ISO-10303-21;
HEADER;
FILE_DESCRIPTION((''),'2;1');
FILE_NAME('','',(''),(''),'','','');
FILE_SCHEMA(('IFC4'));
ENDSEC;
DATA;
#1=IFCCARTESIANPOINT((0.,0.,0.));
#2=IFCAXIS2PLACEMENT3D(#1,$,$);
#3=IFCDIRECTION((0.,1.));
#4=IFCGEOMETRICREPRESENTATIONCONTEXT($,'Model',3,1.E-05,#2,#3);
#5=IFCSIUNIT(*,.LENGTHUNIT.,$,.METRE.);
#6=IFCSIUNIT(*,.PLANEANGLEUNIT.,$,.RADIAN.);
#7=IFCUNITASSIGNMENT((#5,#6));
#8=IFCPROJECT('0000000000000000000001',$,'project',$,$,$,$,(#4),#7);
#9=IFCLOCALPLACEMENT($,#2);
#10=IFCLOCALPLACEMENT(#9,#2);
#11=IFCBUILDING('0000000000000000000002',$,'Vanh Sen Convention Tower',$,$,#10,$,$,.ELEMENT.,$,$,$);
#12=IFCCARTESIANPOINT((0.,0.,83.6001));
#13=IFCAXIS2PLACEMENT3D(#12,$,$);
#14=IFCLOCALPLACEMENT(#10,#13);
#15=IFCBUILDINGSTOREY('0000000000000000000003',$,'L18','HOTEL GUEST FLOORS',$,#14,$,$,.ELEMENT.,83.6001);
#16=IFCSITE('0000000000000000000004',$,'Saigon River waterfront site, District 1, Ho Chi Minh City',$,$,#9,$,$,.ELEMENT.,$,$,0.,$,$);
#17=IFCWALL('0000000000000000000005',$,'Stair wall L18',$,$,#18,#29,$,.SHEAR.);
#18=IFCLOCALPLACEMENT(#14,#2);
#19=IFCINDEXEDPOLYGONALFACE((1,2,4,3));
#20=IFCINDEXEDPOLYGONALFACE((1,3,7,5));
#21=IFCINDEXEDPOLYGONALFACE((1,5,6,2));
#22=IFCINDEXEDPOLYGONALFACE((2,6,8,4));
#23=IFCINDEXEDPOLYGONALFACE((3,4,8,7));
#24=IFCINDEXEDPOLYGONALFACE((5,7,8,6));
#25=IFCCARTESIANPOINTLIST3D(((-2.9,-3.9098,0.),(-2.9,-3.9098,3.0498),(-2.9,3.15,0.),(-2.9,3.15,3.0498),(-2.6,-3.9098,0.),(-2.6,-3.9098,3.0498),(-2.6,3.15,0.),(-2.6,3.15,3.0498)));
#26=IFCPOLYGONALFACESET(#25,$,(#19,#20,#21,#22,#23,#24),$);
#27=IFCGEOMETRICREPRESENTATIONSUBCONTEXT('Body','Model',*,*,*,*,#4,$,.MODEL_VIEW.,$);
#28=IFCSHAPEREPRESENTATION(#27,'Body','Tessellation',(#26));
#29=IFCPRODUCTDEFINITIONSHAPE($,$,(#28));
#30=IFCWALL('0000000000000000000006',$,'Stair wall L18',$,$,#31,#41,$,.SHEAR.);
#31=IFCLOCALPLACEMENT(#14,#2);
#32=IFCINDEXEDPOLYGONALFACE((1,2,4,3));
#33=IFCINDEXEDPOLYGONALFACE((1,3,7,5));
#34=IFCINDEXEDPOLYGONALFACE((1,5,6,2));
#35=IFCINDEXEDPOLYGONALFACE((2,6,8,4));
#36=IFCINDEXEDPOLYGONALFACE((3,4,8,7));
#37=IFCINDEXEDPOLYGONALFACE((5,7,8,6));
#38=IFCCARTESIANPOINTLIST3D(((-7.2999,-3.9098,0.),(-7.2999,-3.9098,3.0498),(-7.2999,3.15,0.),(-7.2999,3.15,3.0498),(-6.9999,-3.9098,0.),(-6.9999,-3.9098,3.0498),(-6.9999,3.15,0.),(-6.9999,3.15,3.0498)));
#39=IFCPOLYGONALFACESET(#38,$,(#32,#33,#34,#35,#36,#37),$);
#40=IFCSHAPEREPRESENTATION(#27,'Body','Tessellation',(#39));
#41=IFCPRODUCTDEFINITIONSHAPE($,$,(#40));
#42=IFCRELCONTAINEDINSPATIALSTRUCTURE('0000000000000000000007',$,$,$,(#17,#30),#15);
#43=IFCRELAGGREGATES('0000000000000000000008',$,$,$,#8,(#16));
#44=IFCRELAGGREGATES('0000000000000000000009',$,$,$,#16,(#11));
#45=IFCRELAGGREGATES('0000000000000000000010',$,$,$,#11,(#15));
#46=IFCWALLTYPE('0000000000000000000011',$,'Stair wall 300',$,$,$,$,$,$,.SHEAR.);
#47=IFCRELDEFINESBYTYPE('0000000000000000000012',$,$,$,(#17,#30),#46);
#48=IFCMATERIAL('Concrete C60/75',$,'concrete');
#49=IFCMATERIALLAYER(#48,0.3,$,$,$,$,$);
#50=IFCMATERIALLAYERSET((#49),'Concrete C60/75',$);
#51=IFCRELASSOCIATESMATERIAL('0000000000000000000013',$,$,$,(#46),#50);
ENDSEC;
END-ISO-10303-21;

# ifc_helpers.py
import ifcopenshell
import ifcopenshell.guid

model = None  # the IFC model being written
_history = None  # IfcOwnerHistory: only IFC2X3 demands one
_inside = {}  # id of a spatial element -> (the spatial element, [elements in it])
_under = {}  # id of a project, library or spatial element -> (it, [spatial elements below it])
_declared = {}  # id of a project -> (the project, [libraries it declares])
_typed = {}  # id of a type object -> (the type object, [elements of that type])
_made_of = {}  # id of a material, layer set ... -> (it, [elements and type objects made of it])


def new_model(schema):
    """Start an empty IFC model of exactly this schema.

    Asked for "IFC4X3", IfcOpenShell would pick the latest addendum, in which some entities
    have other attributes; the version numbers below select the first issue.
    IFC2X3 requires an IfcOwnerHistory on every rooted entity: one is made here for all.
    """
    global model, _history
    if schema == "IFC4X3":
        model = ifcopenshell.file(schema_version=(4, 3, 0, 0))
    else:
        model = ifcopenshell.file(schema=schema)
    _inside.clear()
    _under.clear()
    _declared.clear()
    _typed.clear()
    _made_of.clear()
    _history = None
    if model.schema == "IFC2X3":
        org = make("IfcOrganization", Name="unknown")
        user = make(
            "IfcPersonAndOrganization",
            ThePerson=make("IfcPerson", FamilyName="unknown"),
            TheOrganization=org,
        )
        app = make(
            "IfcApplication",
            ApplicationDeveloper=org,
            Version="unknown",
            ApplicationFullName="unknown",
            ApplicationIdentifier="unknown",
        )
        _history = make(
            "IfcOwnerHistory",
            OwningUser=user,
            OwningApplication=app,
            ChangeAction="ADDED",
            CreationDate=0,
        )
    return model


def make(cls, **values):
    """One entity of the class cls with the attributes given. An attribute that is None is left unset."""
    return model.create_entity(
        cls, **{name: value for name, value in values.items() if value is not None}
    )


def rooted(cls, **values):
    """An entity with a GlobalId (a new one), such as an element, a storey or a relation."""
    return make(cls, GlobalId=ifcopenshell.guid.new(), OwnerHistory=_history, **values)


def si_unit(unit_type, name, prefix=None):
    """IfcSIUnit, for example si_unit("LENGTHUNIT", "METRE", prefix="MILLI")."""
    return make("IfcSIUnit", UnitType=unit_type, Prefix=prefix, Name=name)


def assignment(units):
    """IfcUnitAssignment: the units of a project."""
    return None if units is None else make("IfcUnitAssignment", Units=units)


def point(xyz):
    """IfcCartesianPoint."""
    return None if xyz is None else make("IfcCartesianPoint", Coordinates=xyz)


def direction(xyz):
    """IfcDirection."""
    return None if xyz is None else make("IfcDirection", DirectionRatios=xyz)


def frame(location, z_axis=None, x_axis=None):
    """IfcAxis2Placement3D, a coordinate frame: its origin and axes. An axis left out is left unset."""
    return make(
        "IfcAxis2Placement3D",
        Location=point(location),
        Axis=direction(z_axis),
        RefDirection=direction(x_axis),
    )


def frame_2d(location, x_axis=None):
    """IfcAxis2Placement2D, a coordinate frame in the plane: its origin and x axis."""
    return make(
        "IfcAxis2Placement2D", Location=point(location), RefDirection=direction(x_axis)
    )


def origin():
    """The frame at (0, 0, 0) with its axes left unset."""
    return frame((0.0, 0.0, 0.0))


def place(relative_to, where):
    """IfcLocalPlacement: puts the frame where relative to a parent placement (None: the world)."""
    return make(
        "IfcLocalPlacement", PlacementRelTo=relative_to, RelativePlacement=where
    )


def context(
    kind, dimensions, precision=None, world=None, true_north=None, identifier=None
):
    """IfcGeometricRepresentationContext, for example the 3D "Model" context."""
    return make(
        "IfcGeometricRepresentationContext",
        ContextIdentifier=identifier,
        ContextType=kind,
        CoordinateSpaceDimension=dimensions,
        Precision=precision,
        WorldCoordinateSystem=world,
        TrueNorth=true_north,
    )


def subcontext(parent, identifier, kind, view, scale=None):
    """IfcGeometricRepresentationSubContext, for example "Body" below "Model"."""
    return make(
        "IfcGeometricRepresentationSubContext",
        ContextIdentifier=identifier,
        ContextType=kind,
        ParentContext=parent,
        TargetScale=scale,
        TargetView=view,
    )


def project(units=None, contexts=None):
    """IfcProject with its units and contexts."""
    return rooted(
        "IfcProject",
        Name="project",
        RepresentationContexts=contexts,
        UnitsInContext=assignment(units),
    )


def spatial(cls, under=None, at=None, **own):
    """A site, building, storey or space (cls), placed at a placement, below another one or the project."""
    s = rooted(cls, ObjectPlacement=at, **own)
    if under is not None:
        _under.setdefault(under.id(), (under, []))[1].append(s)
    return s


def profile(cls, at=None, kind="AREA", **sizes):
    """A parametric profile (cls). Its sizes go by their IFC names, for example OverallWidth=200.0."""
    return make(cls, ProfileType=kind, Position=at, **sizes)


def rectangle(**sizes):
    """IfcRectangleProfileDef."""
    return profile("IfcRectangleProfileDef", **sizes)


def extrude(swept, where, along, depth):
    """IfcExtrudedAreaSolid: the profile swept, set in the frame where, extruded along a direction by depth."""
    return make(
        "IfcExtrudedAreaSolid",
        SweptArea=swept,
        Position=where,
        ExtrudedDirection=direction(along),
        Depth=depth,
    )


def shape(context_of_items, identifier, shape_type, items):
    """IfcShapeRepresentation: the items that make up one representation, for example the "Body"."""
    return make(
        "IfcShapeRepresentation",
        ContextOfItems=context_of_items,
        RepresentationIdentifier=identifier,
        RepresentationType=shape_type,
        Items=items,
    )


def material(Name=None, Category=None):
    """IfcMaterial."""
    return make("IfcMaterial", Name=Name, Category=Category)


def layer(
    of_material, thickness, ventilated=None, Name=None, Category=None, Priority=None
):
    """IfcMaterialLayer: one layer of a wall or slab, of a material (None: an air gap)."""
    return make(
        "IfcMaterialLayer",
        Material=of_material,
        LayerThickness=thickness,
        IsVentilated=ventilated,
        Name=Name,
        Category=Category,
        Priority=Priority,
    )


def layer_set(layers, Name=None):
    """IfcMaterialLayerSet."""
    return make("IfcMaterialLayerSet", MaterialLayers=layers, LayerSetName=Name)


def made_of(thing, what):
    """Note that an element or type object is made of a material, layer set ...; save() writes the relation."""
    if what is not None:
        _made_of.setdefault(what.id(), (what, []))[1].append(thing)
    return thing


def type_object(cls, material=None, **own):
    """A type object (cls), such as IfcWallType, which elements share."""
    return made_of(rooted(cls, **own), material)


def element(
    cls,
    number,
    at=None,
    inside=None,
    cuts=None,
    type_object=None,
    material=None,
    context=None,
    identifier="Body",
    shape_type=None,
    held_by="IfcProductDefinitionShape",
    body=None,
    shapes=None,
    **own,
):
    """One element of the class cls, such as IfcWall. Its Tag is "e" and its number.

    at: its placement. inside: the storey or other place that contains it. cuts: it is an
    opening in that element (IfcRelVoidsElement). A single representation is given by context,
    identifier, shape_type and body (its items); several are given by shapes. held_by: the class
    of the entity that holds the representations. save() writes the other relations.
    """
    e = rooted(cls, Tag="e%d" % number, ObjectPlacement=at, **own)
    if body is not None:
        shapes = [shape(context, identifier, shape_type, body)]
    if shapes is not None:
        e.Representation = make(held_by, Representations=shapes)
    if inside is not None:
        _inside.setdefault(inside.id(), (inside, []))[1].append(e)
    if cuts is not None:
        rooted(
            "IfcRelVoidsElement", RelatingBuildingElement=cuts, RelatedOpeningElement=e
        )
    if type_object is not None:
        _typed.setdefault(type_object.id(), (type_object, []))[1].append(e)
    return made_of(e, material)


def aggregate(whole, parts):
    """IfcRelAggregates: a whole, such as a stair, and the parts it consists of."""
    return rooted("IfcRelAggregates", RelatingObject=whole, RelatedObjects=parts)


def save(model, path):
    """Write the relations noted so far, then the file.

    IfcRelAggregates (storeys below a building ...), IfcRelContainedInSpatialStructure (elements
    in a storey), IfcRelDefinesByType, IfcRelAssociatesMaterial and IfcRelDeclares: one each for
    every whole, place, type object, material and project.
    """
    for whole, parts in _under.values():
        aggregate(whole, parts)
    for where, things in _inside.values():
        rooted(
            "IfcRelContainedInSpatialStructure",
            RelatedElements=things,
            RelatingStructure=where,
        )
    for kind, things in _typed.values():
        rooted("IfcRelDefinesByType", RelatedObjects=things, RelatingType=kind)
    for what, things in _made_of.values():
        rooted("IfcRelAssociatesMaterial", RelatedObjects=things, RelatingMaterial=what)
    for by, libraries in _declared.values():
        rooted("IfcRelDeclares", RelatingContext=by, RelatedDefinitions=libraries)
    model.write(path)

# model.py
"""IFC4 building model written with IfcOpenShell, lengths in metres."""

from ifc_helpers import new_model, si_unit, direction, frame, frame_2d, origin, place, context, subcontext, project, spatial, rectangle, extrude, material, layer, layer_set, type_object, element, save


model = new_model("IFC4")

# Units and contexts
model_context = context("Model", 3, precision=1e-05, world=origin(), true_north=direction((0.0, 1.0)))
body_context = subcontext(model_context, "Body", "Model", "MODEL_VIEW")
ifc_project = project(units=[si_unit("LENGTHUNIT", "METRE"), si_unit("PLANEANGLEUNIT", "RADIAN")], contexts=[model_context])

# Site, building, storey
site_placement = place(None, origin())
site = spatial("IfcSite", under=ifc_project, at=site_placement, Name="Saigon River waterfront site, District 1, Ho Chi Minh City", CompositionType="ELEMENT", RefElevation=0.0)
building_placement = place(site_placement, origin())
building = spatial("IfcBuilding", under=site, at=building_placement, Name="Vanh Sen Convention Tower", CompositionType="ELEMENT")
storey_placement = place(building_placement, frame((0.0, 0.0, 83.6001)))
storey = spatial("IfcBuildingStorey", under=building, at=storey_placement, Name="L18", Description="HOTEL GUEST FLOORS", CompositionType="ELEMENT", Elevation=83.6001)

# Shared definitions
ifc_material_1 = material(Name="Concrete C60/75", Category="concrete")

# Shared definitions
ifc_layer_1 = layer(ifc_material_1, 0.3)
ifc_layer_set_1 = layer_set([ifc_layer_1], Name="Concrete C60/75")
wall_type_1 = type_object("IfcWallType", Name="Stair wall 300", PredefinedType="SHEAR", material=ifc_layer_set_1)

# Walls
for number, where, z_axis, x_axis, name in (
    (1, (-2.75, 3.1499, 0.0), (0.0, 0.0, 1.0), (0.0, -1.0, 0.0), "Stair wall L18"),
    (2, (-7.1499, 3.1499, 0.0), (0.0, 0.0, 1.0), (0.0, -1.0, 0.0), "Stair wall L18"),
):
    element("IfcWall", number, at=place(storey_placement, frame(where, z_axis=z_axis, x_axis=x_axis)), inside=storey, type_object=wall_type_1, Name=name, PredefinedType="SHEAR", context=body_context, shape_type="SweptSolid", body=[
        extrude(rectangle(XDim=7.0598, YDim=0.3, at=frame_2d((3.5298, 0.0))), origin(), (0.0, 0.0, 1.0), 3.0498),
    ])

save(model, "model.ifc")
